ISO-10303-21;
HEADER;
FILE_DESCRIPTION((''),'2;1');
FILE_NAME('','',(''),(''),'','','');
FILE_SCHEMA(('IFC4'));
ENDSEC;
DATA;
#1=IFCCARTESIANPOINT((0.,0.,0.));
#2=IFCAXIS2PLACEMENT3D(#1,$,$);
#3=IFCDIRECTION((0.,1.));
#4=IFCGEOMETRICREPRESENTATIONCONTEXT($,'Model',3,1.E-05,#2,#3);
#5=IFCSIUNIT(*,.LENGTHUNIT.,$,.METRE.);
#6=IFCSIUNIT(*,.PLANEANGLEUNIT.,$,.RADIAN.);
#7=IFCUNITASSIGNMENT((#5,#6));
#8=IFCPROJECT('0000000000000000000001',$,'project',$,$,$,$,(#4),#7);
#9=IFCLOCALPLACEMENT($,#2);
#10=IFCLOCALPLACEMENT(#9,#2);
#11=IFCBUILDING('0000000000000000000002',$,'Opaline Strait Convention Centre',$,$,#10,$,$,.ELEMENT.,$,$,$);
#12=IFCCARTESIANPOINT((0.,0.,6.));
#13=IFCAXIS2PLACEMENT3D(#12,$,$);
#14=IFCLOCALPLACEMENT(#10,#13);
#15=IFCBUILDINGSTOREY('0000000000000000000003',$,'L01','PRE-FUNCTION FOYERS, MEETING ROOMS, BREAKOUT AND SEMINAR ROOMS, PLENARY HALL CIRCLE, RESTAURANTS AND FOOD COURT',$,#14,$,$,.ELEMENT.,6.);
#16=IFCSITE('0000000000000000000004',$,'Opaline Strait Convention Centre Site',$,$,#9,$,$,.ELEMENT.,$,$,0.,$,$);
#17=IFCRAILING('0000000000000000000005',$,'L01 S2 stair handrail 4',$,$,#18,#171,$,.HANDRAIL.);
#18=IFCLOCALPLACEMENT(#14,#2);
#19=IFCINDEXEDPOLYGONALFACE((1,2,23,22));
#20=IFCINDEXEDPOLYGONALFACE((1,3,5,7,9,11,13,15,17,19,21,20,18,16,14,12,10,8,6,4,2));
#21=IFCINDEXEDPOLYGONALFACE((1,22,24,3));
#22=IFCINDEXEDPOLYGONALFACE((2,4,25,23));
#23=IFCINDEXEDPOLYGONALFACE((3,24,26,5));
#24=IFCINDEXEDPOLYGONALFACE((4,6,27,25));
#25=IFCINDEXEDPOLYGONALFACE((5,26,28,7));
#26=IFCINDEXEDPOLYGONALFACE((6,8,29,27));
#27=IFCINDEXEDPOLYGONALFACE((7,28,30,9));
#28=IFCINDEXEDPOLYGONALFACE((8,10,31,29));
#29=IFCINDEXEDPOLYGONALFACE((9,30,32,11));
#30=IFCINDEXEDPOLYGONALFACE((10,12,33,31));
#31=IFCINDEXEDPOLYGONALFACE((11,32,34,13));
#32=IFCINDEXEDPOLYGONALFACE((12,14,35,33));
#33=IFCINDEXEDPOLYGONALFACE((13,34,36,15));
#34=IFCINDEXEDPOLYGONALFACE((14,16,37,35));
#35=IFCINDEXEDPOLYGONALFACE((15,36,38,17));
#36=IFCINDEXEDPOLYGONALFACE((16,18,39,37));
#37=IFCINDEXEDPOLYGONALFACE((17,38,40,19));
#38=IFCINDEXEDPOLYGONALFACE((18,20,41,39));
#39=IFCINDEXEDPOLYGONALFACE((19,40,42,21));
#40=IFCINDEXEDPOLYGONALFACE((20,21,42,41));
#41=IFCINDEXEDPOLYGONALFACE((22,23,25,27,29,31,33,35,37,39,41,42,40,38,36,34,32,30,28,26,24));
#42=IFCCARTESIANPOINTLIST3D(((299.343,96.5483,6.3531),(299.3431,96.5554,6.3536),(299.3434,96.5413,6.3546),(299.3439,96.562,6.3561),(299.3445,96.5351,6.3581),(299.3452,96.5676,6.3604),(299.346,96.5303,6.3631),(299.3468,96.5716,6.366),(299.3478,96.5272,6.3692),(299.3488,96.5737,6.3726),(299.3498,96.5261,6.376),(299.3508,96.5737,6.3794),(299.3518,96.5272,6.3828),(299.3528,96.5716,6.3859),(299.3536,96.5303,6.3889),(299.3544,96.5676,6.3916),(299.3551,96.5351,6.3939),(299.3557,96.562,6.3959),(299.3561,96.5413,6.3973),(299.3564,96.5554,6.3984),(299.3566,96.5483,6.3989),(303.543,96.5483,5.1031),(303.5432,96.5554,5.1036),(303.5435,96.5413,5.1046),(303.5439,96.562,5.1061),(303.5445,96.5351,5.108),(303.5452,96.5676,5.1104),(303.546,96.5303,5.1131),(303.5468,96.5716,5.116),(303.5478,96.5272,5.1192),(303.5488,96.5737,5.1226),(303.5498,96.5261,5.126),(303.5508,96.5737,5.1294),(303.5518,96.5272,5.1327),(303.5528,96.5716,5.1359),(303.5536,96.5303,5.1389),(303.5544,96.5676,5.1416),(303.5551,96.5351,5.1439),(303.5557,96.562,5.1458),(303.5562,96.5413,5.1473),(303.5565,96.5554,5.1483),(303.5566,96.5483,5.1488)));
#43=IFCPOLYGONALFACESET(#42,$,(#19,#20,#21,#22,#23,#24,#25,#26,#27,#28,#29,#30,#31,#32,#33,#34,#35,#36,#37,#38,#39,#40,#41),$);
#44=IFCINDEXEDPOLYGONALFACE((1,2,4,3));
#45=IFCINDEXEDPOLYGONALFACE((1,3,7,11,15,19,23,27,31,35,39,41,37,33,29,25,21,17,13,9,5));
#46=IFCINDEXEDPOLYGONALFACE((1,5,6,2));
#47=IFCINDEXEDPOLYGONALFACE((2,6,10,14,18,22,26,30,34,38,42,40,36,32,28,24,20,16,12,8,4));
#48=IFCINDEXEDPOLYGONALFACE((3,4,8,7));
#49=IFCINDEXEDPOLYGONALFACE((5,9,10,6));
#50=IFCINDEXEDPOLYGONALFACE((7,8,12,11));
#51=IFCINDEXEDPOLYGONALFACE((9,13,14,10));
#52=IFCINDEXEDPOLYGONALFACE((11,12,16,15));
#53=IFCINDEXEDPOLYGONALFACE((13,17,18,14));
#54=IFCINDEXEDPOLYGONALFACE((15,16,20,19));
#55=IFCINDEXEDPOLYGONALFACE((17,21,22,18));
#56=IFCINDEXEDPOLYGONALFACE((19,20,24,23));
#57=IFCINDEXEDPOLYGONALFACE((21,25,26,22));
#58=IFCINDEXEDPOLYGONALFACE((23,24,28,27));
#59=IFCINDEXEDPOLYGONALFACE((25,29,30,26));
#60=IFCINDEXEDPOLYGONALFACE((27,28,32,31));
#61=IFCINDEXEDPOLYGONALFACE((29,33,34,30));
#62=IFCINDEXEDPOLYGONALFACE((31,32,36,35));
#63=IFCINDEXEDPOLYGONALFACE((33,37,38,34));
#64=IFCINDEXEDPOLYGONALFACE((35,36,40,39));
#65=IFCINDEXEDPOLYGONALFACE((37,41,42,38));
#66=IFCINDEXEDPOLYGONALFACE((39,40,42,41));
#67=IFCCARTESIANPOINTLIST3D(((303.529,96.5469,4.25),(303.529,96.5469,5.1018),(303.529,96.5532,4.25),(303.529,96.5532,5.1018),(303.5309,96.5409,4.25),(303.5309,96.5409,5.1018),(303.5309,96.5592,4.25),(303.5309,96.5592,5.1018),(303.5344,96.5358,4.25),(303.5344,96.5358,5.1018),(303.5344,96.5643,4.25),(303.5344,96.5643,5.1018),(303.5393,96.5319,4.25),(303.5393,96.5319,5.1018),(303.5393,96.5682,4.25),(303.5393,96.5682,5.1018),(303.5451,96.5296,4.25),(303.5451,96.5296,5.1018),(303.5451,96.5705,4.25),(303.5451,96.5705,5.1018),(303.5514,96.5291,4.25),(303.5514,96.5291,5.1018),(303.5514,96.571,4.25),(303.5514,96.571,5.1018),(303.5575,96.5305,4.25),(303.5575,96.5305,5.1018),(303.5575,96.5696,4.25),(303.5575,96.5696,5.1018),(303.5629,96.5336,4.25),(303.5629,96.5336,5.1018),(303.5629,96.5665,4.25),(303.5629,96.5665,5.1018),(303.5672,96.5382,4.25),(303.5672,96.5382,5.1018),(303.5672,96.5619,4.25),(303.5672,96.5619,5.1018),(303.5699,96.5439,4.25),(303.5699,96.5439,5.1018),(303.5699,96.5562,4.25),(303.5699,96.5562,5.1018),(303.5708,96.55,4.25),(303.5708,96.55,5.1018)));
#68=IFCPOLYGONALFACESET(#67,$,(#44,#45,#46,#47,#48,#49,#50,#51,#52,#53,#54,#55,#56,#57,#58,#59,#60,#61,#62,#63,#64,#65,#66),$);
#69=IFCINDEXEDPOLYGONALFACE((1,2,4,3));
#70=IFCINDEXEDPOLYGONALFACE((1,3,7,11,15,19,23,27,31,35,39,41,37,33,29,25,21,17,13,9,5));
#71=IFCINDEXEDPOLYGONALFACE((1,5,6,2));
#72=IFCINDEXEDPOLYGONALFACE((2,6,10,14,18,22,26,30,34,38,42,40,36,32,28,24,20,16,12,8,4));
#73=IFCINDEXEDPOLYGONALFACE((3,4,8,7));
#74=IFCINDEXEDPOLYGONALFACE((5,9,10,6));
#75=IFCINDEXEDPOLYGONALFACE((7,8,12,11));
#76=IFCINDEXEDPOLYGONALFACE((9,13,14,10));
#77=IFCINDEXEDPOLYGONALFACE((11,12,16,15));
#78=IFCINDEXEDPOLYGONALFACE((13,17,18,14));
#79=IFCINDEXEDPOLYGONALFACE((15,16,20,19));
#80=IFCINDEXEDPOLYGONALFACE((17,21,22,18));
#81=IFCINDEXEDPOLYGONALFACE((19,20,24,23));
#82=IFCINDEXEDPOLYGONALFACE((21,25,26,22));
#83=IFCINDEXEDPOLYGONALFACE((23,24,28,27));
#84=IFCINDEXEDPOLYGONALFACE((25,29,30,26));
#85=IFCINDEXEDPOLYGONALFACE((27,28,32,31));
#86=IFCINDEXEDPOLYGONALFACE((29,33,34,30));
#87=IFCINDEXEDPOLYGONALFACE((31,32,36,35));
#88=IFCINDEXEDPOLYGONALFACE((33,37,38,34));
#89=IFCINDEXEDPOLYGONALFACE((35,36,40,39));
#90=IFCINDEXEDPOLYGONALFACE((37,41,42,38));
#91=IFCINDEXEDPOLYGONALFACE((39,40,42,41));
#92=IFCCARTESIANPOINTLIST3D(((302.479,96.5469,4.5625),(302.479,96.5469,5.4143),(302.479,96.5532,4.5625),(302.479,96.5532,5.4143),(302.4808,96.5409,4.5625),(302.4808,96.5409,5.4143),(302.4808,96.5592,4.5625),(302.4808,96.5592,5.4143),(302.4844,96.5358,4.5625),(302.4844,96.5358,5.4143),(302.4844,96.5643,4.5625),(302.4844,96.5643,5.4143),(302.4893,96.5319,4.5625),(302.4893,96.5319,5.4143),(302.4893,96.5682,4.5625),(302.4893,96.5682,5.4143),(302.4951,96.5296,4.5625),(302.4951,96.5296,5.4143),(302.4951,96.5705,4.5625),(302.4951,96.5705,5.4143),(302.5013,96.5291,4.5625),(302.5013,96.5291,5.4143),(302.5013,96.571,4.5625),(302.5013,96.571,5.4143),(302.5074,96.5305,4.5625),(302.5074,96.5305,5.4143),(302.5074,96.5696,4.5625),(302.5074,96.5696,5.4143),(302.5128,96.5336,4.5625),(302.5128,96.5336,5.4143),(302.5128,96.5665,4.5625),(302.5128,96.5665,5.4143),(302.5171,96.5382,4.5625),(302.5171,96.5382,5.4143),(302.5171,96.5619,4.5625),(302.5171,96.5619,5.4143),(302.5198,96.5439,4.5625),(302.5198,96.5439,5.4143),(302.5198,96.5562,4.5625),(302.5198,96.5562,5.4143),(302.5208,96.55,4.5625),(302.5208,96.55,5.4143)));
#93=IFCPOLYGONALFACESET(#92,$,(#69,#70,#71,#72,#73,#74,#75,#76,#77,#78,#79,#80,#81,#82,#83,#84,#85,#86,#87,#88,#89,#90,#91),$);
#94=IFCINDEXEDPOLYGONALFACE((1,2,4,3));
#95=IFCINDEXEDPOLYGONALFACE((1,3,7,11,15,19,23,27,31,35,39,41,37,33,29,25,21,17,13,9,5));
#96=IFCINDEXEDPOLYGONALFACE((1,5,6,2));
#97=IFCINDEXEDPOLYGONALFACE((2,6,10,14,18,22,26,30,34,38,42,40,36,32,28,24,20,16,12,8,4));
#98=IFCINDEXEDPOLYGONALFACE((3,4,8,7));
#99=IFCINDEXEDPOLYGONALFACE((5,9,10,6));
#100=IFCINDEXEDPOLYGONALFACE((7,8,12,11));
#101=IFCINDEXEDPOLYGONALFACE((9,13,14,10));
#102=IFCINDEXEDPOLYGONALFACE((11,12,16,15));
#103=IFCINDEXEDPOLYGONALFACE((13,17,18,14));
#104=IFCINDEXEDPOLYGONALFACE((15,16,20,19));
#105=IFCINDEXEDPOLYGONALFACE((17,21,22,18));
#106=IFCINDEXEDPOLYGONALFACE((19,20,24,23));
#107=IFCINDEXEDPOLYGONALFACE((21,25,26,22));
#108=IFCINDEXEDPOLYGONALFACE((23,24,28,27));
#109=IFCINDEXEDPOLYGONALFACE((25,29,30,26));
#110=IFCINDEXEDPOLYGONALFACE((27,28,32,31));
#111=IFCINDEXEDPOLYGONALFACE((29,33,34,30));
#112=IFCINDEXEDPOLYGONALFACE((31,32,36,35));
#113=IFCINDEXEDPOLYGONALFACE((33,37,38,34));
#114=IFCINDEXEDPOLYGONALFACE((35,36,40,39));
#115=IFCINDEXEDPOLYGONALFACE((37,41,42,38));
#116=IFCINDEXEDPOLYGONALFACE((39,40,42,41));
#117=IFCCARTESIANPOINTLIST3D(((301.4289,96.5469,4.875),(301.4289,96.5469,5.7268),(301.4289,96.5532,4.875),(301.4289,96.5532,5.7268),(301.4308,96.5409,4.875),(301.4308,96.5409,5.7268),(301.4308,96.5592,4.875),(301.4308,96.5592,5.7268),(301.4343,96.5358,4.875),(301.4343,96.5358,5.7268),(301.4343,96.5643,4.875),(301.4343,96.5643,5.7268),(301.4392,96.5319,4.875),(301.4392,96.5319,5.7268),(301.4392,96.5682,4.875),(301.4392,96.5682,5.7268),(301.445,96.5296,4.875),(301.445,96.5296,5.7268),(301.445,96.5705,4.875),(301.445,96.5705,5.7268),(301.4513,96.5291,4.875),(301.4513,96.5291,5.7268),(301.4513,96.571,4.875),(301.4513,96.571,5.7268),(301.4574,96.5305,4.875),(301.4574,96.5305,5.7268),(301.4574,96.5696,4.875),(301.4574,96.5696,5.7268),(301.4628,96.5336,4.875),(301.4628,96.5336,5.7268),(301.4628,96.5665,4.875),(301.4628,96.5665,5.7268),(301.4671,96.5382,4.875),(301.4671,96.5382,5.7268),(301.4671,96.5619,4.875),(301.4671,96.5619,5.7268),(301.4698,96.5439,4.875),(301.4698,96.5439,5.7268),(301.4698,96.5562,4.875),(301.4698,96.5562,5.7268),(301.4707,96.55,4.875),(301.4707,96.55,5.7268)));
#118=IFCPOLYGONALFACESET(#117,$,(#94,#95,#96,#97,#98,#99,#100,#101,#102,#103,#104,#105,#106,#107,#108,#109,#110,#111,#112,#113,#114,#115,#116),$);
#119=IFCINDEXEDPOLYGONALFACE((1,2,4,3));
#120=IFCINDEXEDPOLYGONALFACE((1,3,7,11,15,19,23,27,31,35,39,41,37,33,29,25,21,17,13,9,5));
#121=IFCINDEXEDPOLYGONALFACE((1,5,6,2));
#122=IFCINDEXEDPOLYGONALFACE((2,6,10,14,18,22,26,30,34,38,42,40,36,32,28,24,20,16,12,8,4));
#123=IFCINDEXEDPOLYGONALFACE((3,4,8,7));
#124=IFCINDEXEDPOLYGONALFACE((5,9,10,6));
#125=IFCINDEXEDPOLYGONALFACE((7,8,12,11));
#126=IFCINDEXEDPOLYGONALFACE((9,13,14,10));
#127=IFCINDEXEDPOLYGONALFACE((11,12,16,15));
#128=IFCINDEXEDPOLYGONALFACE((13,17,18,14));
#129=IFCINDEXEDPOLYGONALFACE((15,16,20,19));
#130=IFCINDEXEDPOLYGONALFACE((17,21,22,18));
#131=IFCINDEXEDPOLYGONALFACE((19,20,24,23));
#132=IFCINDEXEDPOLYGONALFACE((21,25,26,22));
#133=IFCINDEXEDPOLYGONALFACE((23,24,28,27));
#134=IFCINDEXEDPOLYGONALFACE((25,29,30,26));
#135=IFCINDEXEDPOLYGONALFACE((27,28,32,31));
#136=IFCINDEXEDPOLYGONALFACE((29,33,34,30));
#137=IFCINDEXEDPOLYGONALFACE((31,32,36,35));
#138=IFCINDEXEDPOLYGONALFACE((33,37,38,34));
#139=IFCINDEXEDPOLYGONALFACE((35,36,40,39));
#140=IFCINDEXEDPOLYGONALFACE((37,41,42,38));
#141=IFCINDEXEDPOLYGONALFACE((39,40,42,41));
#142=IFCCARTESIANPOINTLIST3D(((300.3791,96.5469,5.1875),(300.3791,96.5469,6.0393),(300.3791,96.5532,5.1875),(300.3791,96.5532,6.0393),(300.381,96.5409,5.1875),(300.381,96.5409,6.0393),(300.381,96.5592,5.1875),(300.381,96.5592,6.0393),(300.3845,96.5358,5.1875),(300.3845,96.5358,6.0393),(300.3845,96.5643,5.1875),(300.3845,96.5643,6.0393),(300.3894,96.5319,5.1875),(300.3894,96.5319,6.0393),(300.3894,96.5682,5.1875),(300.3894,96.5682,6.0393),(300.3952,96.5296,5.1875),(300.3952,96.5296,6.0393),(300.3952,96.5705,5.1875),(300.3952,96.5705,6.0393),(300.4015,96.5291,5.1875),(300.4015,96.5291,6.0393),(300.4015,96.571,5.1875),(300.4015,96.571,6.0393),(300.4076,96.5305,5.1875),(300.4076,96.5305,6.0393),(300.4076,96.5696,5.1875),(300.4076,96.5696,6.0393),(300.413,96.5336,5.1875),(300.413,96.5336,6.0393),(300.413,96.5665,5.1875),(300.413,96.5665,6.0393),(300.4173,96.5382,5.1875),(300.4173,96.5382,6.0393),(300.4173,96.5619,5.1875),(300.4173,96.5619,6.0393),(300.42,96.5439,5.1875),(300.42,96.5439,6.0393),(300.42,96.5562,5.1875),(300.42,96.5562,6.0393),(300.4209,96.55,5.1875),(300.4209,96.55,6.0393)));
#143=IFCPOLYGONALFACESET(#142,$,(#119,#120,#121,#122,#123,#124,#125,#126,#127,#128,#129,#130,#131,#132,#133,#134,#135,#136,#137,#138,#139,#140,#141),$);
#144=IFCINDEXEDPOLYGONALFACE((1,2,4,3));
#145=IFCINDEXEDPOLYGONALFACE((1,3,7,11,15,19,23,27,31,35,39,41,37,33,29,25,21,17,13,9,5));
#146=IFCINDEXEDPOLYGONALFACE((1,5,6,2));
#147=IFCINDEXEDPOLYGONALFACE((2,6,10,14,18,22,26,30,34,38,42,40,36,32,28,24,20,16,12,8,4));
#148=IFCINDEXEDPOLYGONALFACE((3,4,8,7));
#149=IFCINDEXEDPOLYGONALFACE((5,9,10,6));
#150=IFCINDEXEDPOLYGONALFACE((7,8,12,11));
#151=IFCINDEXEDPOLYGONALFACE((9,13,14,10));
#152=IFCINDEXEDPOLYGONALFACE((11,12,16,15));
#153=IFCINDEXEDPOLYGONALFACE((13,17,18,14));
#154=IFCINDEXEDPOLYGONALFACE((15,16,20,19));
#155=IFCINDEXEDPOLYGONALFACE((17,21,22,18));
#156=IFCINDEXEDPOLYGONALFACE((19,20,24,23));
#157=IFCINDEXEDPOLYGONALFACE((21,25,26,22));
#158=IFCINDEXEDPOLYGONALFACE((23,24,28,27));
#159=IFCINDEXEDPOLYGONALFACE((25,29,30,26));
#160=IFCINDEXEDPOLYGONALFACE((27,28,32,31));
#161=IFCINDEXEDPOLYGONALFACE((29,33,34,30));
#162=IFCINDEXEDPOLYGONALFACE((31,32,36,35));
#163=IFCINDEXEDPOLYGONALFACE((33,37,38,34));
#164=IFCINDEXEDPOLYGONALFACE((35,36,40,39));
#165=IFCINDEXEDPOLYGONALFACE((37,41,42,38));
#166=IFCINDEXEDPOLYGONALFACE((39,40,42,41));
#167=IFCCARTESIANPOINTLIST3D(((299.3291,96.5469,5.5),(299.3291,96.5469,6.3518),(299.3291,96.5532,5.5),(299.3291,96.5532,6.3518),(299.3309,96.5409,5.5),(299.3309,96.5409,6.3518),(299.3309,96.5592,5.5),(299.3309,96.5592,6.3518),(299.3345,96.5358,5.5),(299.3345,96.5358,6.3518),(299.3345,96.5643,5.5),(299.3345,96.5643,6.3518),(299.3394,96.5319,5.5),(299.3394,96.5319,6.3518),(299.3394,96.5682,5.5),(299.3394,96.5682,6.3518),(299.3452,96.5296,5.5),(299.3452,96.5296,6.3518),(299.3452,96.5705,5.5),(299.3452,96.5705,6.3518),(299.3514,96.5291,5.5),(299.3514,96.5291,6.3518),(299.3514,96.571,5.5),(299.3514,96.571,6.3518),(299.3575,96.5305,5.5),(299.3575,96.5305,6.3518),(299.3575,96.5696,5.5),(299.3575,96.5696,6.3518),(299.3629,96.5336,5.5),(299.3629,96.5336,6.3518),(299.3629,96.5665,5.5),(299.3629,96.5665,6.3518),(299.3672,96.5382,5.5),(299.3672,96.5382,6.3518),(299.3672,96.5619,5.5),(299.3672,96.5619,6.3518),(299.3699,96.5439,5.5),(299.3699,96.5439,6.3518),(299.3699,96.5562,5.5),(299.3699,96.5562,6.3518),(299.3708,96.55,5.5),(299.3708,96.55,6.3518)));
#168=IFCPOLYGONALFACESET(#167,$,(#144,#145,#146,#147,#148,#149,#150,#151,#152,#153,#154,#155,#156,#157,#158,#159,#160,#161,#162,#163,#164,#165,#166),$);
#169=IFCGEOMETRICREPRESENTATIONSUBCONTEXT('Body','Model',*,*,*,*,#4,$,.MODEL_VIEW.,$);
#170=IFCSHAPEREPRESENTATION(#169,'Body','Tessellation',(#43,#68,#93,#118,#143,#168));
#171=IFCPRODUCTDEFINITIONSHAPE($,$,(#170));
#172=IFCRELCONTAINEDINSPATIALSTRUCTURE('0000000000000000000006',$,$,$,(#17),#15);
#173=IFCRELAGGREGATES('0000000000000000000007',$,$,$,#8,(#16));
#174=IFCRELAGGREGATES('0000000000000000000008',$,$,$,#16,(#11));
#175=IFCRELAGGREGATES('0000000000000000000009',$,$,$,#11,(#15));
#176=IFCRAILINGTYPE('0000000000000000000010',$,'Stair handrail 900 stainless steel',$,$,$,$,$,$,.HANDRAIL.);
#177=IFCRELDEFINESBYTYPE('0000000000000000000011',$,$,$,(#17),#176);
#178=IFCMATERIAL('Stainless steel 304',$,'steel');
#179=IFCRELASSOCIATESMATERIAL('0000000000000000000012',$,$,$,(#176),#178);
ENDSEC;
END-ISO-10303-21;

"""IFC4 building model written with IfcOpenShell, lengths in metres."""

from ifc_helpers import new_model, si_unit, direction, frame, origin, origin_2d, place, context, subcontext, project, spatial, circle, extrude, material, type_object, element, save


model = new_model("IFC4")

# Units and contexts
model_context = context("Model", 3, precision=1e-05, world=origin(), true_north=direction((0.0, 1.0)))
body_context = subcontext(model_context, "Body", "Model", "MODEL_VIEW")
ifc_project = project(units=[si_unit("LENGTHUNIT", "METRE"), si_unit("PLANEANGLEUNIT", "RADIAN")], contexts=[model_context])

# Site, building, storey
site_placement = place(None, origin())
site = spatial("IfcSite", under=ifc_project, at=site_placement, Name="Opaline Strait Convention Centre Site", CompositionType="ELEMENT", RefElevation=0.0)
building_placement = place(site_placement, origin())
building = spatial("IfcBuilding", under=site, at=building_placement, Name="Opaline Strait Convention Centre", CompositionType="ELEMENT")
storey_placement = place(building_placement, frame((0.0, 0.0, 6.0)))
storey = spatial("IfcBuildingStorey", under=building, at=storey_placement, Name="L01", Description="PRE-FUNCTION FOYERS, MEETING ROOMS, BREAKOUT AND SEMINAR ROOMS, PLENARY HALL CIRCLE, RESTAURANTS AND FOOD COURT", CompositionType="ELEMENT", Elevation=6.0)

# Railing
ifc_material_1 = material(Name="Stainless steel 304", Category="steel")
railing_type_1 = type_object("IfcRailingType", Name="Stair handrail 900 stainless steel", PredefinedType="HANDRAIL", material=ifc_material_1)
railing_1_placement = place(storey_placement, frame((303.5498, 96.55, 4.25)))
element("IfcRailing", 1, at=railing_1_placement, inside=storey, type_object=railing_type_1, Name="L01 S2 stair handrail 4", PredefinedType="HANDRAIL", context=body_context, shape_type="SweptSolid", body=[
    extrude(circle(Radius=0.0239, at=origin_2d()), frame((0.0, 0.0, 0.876), z_axis=(-0.958451, 0.0, 0.285257), x_axis=(0.0, -1.0, 0.0)), (0.0, 0.0, 1.0), 4.3821),
    extrude(circle(Radius=0.021, at=origin_2d()), origin(), (0.0, 0.0, 1.0), 0.8518),
    extrude(circle(Radius=0.021, at=origin_2d()), frame((-1.05, 0.0, 0.3125)), (0.0, 0.0, 1.0), 0.8518),
    extrude(circle(Radius=0.021, at=origin_2d()), frame((-2.1001, 0.0, 0.625)), (0.0, 0.0, 1.0), 0.8518),
    extrude(circle(Radius=0.021, at=origin_2d()), frame((-3.1499, 0.0, 0.9375)), (0.0, 0.0, 1.0), 0.8518),
    extrude(circle(Radius=0.021, at=origin_2d()), frame((-4.2, 0.0, 1.25)), (0.0, 0.0, 1.0), 0.8518),
])

save(model, "model.ifc")
